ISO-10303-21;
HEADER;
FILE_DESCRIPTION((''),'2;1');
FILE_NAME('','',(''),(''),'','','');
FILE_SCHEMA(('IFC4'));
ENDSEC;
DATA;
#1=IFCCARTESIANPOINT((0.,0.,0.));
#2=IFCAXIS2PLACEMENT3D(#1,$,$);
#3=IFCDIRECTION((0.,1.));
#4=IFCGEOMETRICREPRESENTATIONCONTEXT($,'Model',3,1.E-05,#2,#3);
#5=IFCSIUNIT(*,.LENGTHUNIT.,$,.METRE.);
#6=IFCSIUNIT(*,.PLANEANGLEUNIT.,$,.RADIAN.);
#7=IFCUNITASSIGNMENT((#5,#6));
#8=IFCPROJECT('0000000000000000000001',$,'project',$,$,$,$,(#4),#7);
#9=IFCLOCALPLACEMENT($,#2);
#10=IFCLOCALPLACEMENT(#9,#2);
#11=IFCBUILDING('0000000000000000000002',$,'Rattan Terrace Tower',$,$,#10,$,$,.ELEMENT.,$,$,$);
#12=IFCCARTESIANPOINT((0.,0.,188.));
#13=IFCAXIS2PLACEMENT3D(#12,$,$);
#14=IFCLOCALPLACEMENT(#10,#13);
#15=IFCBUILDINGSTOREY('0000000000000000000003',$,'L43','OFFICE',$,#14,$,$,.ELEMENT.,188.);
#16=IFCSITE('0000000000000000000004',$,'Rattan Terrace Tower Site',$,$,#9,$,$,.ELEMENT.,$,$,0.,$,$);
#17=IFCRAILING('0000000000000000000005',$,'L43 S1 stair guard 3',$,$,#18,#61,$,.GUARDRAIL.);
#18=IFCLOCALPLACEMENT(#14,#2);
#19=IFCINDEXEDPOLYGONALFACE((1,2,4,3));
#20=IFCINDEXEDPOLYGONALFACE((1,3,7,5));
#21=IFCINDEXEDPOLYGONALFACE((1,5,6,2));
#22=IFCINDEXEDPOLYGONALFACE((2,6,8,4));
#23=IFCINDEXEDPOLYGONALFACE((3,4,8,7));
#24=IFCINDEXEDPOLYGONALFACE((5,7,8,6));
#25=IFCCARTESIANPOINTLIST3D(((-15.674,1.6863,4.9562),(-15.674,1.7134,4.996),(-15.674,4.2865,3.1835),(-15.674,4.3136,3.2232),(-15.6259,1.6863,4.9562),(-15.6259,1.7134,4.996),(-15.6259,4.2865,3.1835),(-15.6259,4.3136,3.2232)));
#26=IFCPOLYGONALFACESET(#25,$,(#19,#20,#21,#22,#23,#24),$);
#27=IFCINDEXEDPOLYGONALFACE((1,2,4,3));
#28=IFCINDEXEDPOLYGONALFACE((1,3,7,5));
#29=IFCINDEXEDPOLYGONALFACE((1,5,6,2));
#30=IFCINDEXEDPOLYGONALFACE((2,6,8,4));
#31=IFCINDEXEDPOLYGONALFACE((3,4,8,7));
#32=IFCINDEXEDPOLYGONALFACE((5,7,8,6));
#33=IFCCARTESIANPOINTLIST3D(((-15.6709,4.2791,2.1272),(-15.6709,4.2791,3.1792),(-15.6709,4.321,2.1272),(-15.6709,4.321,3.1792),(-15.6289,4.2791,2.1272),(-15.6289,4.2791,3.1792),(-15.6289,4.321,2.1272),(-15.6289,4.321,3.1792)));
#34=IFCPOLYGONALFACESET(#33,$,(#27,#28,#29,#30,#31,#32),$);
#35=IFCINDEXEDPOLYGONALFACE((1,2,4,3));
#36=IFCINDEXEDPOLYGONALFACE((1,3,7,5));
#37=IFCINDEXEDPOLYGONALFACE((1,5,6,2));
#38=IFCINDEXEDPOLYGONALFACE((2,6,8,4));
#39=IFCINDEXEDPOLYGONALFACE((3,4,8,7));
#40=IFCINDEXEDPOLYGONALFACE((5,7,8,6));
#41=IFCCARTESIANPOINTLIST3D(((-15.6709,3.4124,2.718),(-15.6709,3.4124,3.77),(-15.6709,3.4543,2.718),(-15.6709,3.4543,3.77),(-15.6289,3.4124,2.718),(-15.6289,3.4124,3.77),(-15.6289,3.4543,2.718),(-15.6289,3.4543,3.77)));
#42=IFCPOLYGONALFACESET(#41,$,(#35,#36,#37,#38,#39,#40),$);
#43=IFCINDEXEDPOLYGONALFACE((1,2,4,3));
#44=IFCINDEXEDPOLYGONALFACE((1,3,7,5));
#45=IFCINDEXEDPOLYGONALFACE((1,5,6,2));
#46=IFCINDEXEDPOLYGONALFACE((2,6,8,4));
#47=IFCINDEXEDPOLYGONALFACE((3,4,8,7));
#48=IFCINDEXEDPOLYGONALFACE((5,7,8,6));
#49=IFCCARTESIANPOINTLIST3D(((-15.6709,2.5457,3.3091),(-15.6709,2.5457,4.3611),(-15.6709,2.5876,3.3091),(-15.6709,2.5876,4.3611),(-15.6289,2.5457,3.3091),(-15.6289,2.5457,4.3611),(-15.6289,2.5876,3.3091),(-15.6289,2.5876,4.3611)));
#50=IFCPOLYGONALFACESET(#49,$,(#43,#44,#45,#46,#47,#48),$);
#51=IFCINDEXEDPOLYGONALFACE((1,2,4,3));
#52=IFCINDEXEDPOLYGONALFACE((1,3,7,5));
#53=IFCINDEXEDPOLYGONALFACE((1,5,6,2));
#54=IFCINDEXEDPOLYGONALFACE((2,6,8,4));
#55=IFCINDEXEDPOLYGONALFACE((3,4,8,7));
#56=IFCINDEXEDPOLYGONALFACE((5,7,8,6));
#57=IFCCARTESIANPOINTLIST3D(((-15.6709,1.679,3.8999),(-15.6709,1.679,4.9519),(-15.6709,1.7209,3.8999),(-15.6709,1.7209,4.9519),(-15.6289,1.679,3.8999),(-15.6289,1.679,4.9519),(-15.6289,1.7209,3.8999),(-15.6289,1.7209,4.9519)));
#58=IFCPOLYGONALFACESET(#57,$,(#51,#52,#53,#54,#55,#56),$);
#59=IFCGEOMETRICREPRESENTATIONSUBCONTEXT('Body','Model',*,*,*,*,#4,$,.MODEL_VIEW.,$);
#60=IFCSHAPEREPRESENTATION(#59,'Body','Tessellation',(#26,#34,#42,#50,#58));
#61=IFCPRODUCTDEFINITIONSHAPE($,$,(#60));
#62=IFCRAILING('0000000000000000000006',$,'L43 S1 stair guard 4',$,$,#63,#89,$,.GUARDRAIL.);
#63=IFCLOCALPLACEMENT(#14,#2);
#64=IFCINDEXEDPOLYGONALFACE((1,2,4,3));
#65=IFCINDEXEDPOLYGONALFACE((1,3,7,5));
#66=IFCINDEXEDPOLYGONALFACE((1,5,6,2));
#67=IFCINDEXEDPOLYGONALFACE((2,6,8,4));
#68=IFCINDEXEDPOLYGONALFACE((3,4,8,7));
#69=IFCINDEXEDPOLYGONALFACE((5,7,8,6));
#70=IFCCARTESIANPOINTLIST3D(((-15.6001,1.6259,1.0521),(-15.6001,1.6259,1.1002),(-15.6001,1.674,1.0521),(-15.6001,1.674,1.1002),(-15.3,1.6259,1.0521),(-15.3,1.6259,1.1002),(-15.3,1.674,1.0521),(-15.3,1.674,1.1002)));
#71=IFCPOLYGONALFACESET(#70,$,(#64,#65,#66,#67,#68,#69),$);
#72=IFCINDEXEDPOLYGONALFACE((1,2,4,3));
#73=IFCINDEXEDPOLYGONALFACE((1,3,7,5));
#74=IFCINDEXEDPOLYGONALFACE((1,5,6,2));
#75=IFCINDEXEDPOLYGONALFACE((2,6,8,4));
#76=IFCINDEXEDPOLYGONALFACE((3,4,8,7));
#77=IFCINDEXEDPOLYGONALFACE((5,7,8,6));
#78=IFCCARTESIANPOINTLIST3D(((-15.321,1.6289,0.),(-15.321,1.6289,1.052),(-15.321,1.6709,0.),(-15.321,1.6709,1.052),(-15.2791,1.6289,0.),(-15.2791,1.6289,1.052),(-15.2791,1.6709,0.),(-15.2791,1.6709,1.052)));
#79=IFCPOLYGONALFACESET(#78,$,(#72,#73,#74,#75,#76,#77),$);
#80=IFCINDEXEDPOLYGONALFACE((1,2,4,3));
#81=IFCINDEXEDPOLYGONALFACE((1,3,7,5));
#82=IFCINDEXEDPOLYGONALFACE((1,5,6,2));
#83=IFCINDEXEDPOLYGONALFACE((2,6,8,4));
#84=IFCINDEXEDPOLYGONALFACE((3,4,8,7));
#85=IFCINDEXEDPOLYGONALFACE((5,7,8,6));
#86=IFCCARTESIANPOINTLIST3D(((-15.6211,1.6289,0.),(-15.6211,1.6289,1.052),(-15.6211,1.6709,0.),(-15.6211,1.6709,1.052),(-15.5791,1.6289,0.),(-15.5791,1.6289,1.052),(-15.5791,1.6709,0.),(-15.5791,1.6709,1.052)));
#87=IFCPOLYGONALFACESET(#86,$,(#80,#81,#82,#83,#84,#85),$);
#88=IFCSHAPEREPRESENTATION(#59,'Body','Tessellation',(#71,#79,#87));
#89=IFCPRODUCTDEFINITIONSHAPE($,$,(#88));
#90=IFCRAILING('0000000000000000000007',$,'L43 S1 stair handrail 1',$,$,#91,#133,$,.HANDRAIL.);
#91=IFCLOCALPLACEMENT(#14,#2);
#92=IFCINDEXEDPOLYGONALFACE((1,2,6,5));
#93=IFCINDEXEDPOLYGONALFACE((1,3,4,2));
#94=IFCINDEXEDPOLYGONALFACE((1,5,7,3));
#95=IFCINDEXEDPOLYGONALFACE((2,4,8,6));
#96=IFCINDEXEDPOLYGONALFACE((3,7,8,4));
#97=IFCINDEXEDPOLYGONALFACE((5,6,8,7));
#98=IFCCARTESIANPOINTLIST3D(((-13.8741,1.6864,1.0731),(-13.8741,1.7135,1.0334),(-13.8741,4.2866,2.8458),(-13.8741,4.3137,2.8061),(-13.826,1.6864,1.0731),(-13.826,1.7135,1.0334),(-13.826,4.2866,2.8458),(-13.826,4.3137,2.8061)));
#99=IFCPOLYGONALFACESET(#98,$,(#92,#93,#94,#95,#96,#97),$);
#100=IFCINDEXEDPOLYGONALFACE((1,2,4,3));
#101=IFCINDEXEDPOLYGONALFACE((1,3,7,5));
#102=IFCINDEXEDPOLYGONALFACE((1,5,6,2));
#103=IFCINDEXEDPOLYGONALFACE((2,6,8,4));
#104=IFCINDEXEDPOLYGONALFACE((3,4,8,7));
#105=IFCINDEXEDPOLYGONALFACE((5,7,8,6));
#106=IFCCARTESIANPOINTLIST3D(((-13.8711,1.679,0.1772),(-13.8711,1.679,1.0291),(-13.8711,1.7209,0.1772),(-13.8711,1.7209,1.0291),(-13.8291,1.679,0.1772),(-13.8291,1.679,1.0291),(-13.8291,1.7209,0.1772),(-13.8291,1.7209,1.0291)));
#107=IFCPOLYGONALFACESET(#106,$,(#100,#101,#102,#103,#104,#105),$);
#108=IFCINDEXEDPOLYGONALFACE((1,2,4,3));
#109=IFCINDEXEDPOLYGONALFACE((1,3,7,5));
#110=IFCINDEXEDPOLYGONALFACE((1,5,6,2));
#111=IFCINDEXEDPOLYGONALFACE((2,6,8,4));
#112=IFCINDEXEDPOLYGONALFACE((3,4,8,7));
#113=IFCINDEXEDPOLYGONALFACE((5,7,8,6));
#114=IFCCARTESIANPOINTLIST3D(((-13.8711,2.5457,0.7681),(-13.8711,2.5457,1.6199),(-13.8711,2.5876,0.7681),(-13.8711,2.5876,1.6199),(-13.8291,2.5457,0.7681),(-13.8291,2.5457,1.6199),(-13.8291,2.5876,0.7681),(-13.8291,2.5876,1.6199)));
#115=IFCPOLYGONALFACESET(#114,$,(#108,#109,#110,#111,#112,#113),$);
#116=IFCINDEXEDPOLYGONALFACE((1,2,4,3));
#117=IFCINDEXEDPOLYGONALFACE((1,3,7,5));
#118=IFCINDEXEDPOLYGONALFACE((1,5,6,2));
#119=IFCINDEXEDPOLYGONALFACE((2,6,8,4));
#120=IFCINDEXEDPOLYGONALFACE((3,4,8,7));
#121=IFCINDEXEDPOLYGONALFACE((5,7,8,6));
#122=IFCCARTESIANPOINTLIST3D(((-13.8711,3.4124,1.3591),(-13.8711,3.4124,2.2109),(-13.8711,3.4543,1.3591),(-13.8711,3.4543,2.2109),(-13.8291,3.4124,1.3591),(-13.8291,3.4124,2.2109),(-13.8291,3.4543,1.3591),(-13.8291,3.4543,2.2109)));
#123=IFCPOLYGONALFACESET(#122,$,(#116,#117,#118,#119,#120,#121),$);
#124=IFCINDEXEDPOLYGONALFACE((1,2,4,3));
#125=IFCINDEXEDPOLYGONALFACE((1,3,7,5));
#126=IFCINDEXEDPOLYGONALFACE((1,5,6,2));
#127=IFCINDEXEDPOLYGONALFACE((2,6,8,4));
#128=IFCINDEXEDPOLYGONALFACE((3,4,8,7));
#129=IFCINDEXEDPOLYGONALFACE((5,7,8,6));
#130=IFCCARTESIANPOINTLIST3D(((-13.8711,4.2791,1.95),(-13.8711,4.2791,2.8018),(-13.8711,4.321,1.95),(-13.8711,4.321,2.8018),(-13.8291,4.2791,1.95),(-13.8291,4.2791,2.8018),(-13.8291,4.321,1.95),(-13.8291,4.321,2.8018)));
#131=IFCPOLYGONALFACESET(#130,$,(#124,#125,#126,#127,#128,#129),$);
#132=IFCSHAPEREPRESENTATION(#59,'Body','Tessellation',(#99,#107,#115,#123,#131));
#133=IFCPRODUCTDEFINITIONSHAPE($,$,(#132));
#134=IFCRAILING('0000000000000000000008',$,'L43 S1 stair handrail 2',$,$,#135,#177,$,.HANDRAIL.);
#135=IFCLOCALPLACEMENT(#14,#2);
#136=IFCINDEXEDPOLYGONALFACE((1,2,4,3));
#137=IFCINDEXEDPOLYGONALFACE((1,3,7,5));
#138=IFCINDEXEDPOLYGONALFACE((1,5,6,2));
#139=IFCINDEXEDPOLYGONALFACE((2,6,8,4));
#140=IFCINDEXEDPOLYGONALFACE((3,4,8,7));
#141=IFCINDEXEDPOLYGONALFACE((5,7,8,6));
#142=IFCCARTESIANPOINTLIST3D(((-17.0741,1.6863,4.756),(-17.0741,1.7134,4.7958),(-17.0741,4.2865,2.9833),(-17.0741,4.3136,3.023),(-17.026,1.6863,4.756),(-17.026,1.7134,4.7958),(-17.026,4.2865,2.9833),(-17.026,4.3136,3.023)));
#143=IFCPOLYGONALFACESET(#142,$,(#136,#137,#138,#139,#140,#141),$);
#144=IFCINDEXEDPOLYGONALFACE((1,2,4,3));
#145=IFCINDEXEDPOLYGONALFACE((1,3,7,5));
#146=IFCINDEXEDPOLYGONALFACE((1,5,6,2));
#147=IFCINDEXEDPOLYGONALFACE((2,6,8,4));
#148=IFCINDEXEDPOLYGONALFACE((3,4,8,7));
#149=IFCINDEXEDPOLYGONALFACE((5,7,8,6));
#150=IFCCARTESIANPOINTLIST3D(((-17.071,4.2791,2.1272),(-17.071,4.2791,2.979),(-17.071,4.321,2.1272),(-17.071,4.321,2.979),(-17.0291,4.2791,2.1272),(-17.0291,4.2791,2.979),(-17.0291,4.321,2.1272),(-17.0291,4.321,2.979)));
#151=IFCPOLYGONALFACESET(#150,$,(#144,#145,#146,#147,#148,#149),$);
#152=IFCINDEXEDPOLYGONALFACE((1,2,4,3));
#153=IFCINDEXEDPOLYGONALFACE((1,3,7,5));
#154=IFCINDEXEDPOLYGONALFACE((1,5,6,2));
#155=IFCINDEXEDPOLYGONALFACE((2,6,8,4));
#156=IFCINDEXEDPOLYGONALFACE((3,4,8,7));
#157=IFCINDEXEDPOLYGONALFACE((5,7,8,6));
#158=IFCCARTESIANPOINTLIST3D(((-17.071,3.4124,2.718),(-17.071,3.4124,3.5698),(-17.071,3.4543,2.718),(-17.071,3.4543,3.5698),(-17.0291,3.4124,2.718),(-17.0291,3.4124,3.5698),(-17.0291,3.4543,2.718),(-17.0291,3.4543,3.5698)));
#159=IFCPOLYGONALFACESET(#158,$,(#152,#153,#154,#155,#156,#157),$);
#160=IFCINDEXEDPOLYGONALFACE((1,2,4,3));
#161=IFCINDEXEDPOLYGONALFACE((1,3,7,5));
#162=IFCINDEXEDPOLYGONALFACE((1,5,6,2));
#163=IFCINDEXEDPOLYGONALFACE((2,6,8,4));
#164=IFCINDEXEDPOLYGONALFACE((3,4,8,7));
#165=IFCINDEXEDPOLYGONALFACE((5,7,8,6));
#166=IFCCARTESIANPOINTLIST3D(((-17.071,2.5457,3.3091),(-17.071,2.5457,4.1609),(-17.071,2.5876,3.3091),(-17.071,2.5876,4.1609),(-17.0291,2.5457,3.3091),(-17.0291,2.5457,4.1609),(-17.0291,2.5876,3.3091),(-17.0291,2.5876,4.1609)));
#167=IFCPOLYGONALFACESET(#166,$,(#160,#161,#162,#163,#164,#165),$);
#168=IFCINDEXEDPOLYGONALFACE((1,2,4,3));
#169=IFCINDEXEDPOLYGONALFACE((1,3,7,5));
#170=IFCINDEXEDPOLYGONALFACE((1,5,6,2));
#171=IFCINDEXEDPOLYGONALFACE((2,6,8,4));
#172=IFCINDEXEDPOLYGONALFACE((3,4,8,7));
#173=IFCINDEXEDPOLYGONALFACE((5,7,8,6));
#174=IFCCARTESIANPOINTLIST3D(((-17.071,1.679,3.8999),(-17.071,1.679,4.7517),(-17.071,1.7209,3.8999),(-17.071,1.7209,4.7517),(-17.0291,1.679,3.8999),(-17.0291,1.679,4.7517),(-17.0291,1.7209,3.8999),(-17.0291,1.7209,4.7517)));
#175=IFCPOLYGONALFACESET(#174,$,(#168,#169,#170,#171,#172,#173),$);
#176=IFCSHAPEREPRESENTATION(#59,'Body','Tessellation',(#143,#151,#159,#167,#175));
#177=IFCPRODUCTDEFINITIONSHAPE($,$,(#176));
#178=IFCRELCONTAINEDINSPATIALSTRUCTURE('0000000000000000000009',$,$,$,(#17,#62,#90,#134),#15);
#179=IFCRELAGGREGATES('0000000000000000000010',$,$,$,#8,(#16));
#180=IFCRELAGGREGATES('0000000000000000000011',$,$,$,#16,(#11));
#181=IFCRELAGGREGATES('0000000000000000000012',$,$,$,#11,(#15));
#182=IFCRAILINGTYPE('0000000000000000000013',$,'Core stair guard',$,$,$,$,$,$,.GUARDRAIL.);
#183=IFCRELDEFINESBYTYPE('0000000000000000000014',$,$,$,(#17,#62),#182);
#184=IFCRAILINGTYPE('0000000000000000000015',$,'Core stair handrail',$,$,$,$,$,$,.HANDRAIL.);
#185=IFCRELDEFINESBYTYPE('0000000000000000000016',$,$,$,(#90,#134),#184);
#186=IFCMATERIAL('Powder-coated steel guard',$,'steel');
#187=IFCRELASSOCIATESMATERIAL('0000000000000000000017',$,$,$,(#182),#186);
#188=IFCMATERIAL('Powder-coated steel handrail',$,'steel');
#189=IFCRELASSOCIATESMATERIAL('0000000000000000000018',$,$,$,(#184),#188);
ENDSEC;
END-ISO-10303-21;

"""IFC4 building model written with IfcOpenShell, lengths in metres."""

from ifc_helpers import new_model, si_unit, direction, frame, origin, origin_2d, place, context, subcontext, project, spatial, rectangle, extrude, material, type_object, element, save


model = new_model("IFC4")

# Units and contexts
model_context = context("Model", 3, precision=1e-05, world=origin(), true_north=direction((0.0, 1.0)))
body_context = subcontext(model_context, "Body", "Model", "MODEL_VIEW")
ifc_project = project(units=[si_unit("LENGTHUNIT", "METRE"), si_unit("PLANEANGLEUNIT", "RADIAN")], contexts=[model_context])

# Site, building, storey
site_placement = place(None, origin())
site = spatial("IfcSite", under=ifc_project, at=site_placement, Name="Rattan Terrace Tower Site", CompositionType="ELEMENT", RefElevation=0.0)
building_placement = place(site_placement, origin())
building = spatial("IfcBuilding", under=site, at=building_placement, Name="Rattan Terrace Tower", CompositionType="ELEMENT")
storey_placement = place(building_placement, frame((0.0, 0.0, 188.0)))
storey = spatial("IfcBuildingStorey", under=building, at=storey_placement, Name="L43", Description="OFFICE", CompositionType="ELEMENT", Elevation=188.0)

# Railings
ifc_material_1 = material(Name="Powder-coated steel guard", Category="steel")
railing_type_1 = type_object("IfcRailingType", Name="Core stair guard", PredefinedType="GUARDRAIL", material=ifc_material_1)
railing_1_placement = place(storey_placement, frame((-15.6499, 4.3, 2.1272)))
element("IfcRailing", 1, at=railing_1_placement, inside=storey, type_object=railing_type_1, Name="L43 S1 stair guard 3", PredefinedType="GUARDRAIL", context=body_context, shape_type="SweptSolid", body=[
    extrude(rectangle(XDim=0.0481, YDim=0.0481, at=origin_2d()), frame((0.0, 0.0, 1.0762), z_axis=(0.0, -0.82624, 0.563318), x_axis=(1.0, 0.0, 0.0)), (0.0, 0.0, 1.0), 3.147),
    extrude(rectangle(XDim=0.042, YDim=0.042, at=origin_2d()), origin(), (0.0, 0.0, 1.0), 1.052),
    extrude(rectangle(XDim=0.042, YDim=0.042, at=origin_2d()), frame((0.0, -0.8667, 0.5908)), (0.0, 0.0, 1.0), 1.052),
    extrude(rectangle(XDim=0.042, YDim=0.042, at=origin_2d()), frame((0.0, -1.7334, 1.1819)), (0.0, 0.0, 1.0), 1.052),
    extrude(rectangle(XDim=0.042, YDim=0.042, at=origin_2d()), frame((0.0, -2.6001, 1.7727)), (0.0, 0.0, 1.0), 1.052),
])
railing_2_placement = place(storey_placement, frame((-15.3, 1.6499, 0.0)))
element("IfcRailing", 2, at=railing_2_placement, inside=storey, type_object=railing_type_1, Name="L43 S1 stair guard 4", PredefinedType="GUARDRAIL", context=body_context, shape_type="SweptSolid", body=[
    extrude(rectangle(XDim=0.0481, YDim=0.0481, at=origin_2d()), frame((0.0, 0.0, 1.0762), z_axis=(-1.0, 0.0, 0.0), x_axis=(0.0, -1.0, 0.0)), (0.0, 0.0, 1.0), 0.3),
    extrude(rectangle(XDim=0.042, YDim=0.042, at=origin_2d()), origin(), (0.0, 0.0, 1.0), 1.052),
    extrude(rectangle(XDim=0.042, YDim=0.042, at=origin_2d()), frame((-0.3, 0.0, 0.0)), (0.0, 0.0, 1.0), 1.052),
])
ifc_material_2 = material(Name="Powder-coated steel handrail", Category="steel")
railing_type_2 = type_object("IfcRailingType", Name="Core stair handrail", PredefinedType="HANDRAIL", material=ifc_material_2)
railing_3_placement = place(storey_placement, frame((-13.8501, 1.7, 0.1772)))
element("IfcRailing", 3, at=railing_3_placement, inside=storey, type_object=railing_type_2, Name="L43 S1 stair handrail 1", PredefinedType="HANDRAIL", context=body_context, shape_type="SweptSolid", body=[
    extrude(rectangle(XDim=0.0481, YDim=0.0481, at=origin_2d()), frame((0.0, 0.0, 0.876), z_axis=(0.0, 0.82624, 0.563318), x_axis=(-1.0, 0.0, 0.0)), (0.0, 0.0, 1.0), 3.147),
    extrude(rectangle(XDim=0.042, YDim=0.042, at=origin_2d()), origin(), (0.0, 0.0, 1.0), 0.8518),
    extrude(rectangle(XDim=0.042, YDim=0.042, at=origin_2d()), frame((0.0, 0.8667, 0.5908)), (0.0, 0.0, 1.0), 0.8518),
    extrude(rectangle(XDim=0.042, YDim=0.042, at=origin_2d()), frame((0.0, 1.7334, 1.1819)), (0.0, 0.0, 1.0), 0.8518),
    extrude(rectangle(XDim=0.042, YDim=0.042, at=origin_2d()), frame((0.0, 2.6001, 1.7727)), (0.0, 0.0, 1.0), 0.8518),
])
railing_4_placement = place(storey_placement, frame((-17.05, 4.3, 2.1272)))
element("IfcRailing", 4, at=railing_4_placement, inside=storey, type_object=railing_type_2, Name="L43 S1 stair handrail 2", PredefinedType="HANDRAIL", context=body_context, shape_type="SweptSolid", body=[
    extrude(rectangle(XDim=0.0481, YDim=0.0481, at=origin_2d()), frame((0.0, 0.0, 0.876), z_axis=(0.0, -0.82624, 0.563318), x_axis=(1.0, 0.0, 0.0)), (0.0, 0.0, 1.0), 3.147),
    extrude(rectangle(XDim=0.042, YDim=0.042, at=origin_2d()), origin(), (0.0, 0.0, 1.0), 0.8518),
    extrude(rectangle(XDim=0.042, YDim=0.042, at=origin_2d()), frame((0.0, -0.8667, 0.5908)), (0.0, 0.0, 1.0), 0.8518),
    extrude(rectangle(XDim=0.042, YDim=0.042, at=origin_2d()), frame((0.0, -1.7334, 1.1819)), (0.0, 0.0, 1.0), 0.8518),
    extrude(rectangle(XDim=0.042, YDim=0.042, at=origin_2d()), frame((0.0, -2.6001, 1.7727)), (0.0, 0.0, 1.0), 0.8518),
])

save(model, "model.ifc")
